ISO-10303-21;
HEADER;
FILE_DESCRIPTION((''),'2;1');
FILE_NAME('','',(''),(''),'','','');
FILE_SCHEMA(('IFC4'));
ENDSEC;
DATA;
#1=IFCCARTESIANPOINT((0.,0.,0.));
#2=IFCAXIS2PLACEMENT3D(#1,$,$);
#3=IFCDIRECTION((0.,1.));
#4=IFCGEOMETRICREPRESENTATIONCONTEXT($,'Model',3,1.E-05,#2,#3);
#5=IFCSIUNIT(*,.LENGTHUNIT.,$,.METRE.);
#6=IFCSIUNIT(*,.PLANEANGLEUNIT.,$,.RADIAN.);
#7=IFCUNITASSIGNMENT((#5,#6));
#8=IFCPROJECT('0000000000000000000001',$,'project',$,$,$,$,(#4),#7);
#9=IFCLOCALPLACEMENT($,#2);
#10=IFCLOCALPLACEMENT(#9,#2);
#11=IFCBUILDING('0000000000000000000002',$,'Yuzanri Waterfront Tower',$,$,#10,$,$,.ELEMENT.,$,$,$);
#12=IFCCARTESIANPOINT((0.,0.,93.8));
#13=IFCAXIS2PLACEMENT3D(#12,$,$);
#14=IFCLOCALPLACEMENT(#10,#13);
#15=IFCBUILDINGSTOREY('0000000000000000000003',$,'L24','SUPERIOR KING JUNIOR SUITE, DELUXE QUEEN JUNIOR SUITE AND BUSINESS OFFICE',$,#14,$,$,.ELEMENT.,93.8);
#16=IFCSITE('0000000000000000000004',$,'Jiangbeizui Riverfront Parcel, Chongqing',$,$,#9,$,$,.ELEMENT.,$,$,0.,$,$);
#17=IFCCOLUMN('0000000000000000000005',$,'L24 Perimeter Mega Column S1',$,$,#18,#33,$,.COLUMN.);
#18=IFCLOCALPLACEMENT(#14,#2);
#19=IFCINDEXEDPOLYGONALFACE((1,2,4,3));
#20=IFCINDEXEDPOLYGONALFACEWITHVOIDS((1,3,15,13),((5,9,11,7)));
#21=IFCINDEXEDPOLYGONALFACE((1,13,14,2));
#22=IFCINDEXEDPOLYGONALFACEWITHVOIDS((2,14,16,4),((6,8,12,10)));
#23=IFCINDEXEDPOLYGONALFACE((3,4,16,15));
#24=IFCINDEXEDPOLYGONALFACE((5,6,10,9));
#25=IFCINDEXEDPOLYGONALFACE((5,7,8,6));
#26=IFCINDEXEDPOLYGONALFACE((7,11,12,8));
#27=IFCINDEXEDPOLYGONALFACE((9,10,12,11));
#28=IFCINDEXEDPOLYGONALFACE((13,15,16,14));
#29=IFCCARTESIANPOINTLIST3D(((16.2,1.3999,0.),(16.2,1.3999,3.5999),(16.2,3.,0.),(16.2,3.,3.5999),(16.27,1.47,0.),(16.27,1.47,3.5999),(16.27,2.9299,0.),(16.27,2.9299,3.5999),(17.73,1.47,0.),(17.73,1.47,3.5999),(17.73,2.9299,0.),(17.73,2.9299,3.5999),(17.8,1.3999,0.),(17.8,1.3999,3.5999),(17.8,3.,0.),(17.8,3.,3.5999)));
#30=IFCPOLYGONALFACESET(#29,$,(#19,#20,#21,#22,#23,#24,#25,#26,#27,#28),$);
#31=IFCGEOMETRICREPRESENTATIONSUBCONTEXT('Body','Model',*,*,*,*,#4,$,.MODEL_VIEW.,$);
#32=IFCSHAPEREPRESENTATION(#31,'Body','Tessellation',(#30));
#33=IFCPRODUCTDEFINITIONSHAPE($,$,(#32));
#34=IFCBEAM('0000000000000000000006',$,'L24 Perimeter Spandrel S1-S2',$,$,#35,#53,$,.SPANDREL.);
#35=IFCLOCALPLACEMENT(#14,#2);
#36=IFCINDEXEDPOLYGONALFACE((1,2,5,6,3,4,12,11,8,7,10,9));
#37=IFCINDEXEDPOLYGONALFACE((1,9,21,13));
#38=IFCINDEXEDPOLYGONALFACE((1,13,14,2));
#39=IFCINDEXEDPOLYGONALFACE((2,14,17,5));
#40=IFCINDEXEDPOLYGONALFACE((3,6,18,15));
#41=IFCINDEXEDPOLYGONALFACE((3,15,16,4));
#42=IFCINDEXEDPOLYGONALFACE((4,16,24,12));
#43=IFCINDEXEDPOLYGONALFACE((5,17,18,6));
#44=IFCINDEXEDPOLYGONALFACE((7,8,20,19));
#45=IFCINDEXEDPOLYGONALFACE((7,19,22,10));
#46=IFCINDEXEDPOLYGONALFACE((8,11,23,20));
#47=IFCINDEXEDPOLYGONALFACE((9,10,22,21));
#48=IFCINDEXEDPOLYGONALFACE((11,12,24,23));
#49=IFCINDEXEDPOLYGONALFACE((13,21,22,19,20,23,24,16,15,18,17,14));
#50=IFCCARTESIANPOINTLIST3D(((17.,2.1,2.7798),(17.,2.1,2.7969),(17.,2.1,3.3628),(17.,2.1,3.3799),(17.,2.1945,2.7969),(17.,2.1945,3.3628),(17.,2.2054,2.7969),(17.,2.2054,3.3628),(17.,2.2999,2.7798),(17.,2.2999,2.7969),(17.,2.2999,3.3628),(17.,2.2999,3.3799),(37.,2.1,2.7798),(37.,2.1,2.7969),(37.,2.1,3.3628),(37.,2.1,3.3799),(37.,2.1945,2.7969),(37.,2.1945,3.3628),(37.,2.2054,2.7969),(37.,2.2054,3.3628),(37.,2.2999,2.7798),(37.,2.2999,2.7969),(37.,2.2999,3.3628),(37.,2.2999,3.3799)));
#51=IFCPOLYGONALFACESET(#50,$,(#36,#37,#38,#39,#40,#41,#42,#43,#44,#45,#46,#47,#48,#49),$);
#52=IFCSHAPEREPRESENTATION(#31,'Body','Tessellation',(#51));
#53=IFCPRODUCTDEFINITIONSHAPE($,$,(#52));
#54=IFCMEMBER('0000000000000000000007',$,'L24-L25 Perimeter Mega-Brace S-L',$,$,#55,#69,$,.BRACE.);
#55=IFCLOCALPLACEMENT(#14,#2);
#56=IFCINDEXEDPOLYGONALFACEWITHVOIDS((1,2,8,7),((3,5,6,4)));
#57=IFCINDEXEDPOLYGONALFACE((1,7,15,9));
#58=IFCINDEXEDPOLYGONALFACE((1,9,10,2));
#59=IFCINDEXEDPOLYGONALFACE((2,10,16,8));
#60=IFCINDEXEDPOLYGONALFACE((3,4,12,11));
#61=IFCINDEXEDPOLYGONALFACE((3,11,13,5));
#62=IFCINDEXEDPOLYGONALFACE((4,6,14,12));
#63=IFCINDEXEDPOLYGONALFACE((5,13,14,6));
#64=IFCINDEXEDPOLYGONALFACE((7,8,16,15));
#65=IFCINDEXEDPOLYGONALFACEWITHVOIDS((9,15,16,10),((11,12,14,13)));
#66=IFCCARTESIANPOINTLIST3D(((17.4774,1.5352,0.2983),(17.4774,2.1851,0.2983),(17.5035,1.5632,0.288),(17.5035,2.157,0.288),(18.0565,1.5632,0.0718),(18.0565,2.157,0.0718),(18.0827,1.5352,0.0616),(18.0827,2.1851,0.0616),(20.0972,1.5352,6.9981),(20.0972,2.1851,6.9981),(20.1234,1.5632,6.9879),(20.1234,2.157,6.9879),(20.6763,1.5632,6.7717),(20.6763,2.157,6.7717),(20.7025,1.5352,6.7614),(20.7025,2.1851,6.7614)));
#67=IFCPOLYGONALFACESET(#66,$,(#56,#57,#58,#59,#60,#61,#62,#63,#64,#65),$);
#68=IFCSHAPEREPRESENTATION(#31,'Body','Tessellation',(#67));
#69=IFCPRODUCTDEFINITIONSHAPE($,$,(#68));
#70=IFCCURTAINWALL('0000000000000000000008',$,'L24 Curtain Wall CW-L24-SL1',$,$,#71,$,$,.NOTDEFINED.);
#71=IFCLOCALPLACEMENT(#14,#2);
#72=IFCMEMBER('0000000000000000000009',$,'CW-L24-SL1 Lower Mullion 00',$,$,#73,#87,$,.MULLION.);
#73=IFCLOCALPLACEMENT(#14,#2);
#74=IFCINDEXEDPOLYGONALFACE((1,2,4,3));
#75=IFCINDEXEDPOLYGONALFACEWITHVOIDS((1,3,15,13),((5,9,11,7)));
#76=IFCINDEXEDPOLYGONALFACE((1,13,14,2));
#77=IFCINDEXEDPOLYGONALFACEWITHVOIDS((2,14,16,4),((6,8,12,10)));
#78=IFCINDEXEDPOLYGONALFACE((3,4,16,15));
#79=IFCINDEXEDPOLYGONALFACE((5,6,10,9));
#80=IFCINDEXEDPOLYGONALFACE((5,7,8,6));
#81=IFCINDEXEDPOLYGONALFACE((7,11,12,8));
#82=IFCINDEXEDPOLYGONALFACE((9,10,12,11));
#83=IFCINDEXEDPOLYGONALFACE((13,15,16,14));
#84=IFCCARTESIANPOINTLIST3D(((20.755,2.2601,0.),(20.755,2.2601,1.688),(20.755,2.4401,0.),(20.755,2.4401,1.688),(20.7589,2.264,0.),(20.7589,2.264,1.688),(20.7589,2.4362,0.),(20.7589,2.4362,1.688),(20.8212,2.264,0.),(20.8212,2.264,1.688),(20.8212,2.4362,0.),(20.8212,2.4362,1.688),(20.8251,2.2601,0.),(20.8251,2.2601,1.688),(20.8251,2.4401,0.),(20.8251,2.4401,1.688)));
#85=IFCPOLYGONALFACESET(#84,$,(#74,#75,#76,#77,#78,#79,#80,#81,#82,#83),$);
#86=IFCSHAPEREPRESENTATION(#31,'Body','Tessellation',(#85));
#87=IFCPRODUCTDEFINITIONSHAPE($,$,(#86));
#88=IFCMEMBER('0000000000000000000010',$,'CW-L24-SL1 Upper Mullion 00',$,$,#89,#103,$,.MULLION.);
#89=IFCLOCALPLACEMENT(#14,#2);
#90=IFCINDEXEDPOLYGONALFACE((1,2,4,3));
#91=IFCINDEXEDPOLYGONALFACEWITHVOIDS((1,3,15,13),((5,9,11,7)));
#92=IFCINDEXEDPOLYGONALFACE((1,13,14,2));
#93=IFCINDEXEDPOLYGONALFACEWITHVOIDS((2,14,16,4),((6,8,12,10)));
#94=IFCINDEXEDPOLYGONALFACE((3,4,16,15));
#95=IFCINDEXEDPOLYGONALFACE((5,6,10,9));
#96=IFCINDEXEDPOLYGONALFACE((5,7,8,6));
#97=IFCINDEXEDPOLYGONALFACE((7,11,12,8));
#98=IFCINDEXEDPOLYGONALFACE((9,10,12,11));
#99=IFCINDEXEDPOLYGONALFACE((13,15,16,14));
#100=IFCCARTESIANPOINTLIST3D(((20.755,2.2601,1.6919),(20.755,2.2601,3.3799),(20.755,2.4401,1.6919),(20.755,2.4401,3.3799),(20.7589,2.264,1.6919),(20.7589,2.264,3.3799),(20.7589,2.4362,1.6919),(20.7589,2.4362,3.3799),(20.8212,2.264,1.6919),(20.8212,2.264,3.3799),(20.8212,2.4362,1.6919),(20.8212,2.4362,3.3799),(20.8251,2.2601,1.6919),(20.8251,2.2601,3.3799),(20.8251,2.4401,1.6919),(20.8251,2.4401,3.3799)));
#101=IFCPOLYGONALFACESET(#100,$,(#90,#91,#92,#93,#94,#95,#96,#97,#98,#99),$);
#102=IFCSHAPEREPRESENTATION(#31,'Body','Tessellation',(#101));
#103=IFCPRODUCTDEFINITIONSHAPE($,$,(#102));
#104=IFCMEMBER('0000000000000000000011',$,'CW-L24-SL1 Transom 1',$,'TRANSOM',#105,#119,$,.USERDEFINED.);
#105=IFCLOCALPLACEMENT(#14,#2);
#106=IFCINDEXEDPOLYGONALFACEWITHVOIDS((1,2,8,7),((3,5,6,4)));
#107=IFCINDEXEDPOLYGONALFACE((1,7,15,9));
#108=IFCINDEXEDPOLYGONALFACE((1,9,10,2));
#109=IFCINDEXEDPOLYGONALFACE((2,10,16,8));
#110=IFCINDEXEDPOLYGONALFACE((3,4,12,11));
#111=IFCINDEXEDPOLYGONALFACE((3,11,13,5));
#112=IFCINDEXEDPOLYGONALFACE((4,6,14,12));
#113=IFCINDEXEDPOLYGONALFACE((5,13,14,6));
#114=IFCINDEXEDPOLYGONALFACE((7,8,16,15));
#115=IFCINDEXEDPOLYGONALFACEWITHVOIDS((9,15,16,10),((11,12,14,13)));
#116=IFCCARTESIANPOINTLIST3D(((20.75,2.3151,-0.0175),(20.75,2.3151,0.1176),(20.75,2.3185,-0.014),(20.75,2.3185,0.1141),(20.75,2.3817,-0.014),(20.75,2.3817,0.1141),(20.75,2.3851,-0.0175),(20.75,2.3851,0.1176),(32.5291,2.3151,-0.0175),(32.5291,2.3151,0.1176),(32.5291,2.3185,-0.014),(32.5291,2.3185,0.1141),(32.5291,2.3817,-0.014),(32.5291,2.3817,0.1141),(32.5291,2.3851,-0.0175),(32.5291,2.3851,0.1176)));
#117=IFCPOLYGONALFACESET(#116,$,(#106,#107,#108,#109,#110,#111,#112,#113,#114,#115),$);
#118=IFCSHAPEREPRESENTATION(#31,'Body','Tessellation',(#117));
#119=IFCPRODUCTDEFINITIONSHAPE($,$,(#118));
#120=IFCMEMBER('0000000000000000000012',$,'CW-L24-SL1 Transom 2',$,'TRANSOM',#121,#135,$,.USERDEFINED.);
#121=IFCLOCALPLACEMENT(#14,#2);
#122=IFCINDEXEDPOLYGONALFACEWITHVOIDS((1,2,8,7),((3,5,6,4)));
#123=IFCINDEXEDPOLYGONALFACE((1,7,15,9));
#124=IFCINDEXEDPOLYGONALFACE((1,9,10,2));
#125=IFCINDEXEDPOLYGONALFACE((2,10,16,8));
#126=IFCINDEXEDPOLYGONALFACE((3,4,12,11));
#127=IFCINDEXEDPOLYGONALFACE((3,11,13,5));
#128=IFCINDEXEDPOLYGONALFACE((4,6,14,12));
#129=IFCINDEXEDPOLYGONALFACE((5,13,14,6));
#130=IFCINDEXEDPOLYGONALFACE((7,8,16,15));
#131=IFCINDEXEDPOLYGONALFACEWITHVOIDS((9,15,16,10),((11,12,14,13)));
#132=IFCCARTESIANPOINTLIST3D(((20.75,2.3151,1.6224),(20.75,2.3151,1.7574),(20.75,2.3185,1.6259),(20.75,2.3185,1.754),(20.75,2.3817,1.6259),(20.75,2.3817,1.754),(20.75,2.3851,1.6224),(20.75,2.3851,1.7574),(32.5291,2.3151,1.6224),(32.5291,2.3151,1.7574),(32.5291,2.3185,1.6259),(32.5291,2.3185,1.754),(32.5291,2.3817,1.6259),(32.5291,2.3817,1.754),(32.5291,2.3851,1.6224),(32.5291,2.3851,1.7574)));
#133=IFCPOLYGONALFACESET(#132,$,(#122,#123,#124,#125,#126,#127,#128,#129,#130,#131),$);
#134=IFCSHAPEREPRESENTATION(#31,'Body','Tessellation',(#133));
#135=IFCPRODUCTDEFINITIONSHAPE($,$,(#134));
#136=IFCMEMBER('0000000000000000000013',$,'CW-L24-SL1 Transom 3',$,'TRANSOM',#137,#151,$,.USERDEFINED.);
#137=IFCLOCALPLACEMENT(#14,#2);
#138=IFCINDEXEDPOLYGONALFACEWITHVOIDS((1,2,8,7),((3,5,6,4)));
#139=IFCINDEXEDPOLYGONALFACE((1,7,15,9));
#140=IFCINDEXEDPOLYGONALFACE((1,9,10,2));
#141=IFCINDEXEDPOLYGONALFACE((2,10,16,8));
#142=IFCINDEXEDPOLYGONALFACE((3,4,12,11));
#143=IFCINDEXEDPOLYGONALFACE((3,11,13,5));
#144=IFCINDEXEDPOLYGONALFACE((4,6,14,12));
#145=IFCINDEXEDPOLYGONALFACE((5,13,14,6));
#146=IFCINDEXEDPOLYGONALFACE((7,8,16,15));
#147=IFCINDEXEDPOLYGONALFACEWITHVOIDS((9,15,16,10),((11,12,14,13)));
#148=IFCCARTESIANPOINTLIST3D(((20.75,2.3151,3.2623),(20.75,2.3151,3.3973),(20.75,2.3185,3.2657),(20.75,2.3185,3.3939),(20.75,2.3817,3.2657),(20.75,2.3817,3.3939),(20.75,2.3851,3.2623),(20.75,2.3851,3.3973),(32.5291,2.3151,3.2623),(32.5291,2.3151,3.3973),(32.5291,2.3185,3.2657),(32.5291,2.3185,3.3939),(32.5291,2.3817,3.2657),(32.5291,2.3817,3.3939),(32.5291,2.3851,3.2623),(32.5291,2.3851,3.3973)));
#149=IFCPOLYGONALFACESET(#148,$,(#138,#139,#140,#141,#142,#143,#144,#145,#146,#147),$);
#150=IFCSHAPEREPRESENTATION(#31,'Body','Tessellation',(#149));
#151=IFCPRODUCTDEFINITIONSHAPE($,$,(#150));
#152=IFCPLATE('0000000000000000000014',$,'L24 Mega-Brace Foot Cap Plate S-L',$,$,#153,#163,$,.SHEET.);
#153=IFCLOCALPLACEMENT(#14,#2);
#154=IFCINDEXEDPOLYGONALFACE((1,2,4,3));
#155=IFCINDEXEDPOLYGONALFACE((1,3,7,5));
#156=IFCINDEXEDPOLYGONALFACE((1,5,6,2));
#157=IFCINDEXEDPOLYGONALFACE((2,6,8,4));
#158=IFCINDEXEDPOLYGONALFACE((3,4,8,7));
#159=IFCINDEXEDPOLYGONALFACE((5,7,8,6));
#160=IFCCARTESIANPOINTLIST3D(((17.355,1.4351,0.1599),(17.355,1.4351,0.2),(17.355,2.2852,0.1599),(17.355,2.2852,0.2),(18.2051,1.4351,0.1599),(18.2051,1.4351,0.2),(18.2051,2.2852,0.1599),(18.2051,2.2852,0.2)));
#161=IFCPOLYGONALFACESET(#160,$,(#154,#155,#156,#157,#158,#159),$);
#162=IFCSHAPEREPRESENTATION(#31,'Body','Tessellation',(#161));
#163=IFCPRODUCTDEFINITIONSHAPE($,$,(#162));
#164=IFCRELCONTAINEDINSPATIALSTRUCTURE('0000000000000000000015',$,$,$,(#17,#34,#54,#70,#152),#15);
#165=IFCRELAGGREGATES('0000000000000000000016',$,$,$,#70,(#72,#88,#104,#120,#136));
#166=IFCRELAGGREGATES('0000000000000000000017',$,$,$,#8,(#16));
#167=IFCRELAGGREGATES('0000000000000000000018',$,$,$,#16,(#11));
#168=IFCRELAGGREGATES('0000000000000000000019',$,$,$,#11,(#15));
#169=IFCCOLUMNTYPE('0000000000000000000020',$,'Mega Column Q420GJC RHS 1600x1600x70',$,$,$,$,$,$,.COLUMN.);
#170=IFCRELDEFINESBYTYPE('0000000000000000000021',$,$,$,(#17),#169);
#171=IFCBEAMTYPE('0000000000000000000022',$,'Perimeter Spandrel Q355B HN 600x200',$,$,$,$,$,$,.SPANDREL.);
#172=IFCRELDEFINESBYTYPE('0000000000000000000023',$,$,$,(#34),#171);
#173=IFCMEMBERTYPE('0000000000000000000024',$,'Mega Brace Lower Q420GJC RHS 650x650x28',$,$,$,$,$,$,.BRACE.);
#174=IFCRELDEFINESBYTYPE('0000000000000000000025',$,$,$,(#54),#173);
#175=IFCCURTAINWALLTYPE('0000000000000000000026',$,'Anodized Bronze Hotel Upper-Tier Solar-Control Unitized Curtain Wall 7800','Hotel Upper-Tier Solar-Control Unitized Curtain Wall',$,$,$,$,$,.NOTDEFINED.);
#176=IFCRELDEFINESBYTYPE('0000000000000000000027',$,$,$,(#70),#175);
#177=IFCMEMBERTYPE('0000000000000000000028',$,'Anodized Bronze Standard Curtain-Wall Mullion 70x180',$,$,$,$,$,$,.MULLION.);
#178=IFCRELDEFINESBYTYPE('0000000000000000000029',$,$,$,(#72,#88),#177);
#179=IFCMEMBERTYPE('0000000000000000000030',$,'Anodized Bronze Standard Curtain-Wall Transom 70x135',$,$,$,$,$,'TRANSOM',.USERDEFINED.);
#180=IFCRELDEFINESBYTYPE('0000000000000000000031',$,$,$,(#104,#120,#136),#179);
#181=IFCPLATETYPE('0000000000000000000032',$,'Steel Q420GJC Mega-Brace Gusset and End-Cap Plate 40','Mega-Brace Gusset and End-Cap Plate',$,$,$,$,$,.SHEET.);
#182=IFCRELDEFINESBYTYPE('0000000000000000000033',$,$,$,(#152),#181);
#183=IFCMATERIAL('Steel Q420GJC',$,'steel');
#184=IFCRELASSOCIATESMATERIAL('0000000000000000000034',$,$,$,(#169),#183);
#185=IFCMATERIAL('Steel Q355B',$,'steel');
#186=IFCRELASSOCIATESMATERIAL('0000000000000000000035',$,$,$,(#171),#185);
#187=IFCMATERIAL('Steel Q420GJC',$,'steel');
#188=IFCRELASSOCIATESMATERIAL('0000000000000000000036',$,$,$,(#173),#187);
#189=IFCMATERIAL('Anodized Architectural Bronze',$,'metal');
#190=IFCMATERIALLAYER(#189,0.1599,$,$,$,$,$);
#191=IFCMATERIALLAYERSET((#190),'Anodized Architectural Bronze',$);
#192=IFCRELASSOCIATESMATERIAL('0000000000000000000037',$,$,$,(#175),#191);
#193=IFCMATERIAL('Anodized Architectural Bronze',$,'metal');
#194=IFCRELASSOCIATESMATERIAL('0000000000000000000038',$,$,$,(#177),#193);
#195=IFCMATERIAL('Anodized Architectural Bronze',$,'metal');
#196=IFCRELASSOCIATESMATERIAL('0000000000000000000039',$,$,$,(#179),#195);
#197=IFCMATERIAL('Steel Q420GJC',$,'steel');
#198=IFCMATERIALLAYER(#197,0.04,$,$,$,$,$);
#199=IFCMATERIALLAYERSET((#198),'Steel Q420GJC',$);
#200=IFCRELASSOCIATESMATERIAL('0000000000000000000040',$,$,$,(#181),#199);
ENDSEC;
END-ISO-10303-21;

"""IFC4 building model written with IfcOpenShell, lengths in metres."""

from ifc_helpers import new_model, si_unit, direction, frame, origin, origin_2d, place, context, subcontext, project, spatial, rectangle, hollow_rectangle, i_section, extrude, source, transform, mapped, material, layer, layer_set, material_profile, profile_set, type_object, element, aggregate, save


model = new_model("IFC4")

# Units and contexts
model_context = context("Model", 3, precision=1e-05, world=origin(), true_north=direction((0.0, 1.0)))
body_context = subcontext(model_context, "Body", "Model", "MODEL_VIEW")
ifc_project = project(units=[si_unit("LENGTHUNIT", "METRE"), si_unit("PLANEANGLEUNIT", "RADIAN")], contexts=[model_context])

# Site, building, storey
site_placement = place(None, origin())
site = spatial("IfcSite", under=ifc_project, at=site_placement, Name="Jiangbeizui Riverfront Parcel, Chongqing", CompositionType="ELEMENT", RefElevation=0.0)
building_placement = place(site_placement, origin())
building = spatial("IfcBuilding", under=site, at=building_placement, Name="Yuzanri Waterfront Tower", CompositionType="ELEMENT")
storey_placement = place(building_placement, frame((0.0, 0.0, 93.8)))
storey = spatial("IfcBuildingStorey", under=building, at=storey_placement, Name="L24", Description="SUPERIOR KING JUNIOR SUITE, DELUXE QUEEN JUNIOR SUITE AND BUSINESS OFFICE", CompositionType="ELEMENT", Elevation=93.8)

# Column
ifc_material_1 = material(Name="Steel Q420GJC", Category="steel")
ifc_material_profile_1 = material_profile(ifc_material_1, hollow_rectangle(XDim=1.6001, YDim=1.6001, WallThickness=0.0701, at=origin_2d()), Name="RHS 1600x1600x70")
ifc_profile_set_1 = profile_set([ifc_material_profile_1], Name="Steel Q420GJC")
column_type = type_object("IfcColumnType", Name="Mega Column Q420GJC RHS 1600x1600x70", PredefinedType="COLUMN", material=ifc_profile_set_1)
shared_shape_1 = source(origin(), body_context, "Body", "SweptSolid", [
    extrude(hollow_rectangle(XDim=1.6001, YDim=1.6001, WallThickness=0.0701, at=origin_2d()), origin(), (0.0, 0.0, 1.0), 3.5999),
])
column_placement = place(storey_placement, frame((17.0, 2.2, 0.0), z_axis=(0.0, 0.0, 1.0), x_axis=(1.0, 0.0, 0.0)))
element("IfcColumn", 1, at=column_placement, inside=storey, type_object=column_type, Name="L24 Perimeter Mega Column S1", PredefinedType="COLUMN", context=body_context, shape_type="MappedRepresentation", body=[
    mapped(shared_shape_1, transform((0.0, 0.0, 0.0), scale=1.0)),
])

# Beam
ifc_material_2 = material(Name="Steel Q355B", Category="steel")
ifc_material_profile_2 = material_profile(ifc_material_2, i_section(OverallWidth=0.2, OverallDepth=0.6001, WebThickness=0.011, FlangeThickness=0.0171, at=origin_2d()), Name="HN 600x200x11x17")
ifc_profile_set_2 = profile_set([ifc_material_profile_2], Name="Steel Q355B")
beam_type = type_object("IfcBeamType", Name="Perimeter Spandrel Q355B HN 600x200", PredefinedType="SPANDREL", material=ifc_profile_set_2)
shared_shape_2 = source(origin(), body_context, "Body", "SweptSolid", [
    extrude(i_section(OverallWidth=0.2, OverallDepth=0.6001, WebThickness=0.011, FlangeThickness=0.0171, at=origin_2d()), origin(), (0.0, 0.0, 1.0), 20.0),
])
beam_placement = place(storey_placement, frame((17.0, 2.2, 3.0798), z_axis=(1.0, 0.0, 0.0), x_axis=(0.0, 1.0, 0.0)))
element("IfcBeam", 2, at=beam_placement, inside=storey, type_object=beam_type, Name="L24 Perimeter Spandrel S1-S2", PredefinedType="SPANDREL", context=body_context, shape_type="MappedRepresentation", body=[
    mapped(shared_shape_2, transform((0.0, 0.0, 0.0), scale=1.0)),
])

# Member
ifc_material_3 = material(Name="Steel Q420GJC", Category="steel")
ifc_material_profile_3 = material_profile(ifc_material_3, hollow_rectangle(XDim=0.6499, YDim=0.6499, WallThickness=0.0281, at=origin_2d()), Name="RHS 650x650x28")
ifc_profile_set_3 = profile_set([ifc_material_profile_3], Name="Steel Q420GJC")
member_type_1 = type_object("IfcMemberType", Name="Mega Brace Lower Q420GJC RHS 650x650x28", PredefinedType="BRACE", material=ifc_profile_set_3)
shared_shape_3 = source(origin(), body_context, "Body", "SweptSolid", [
    extrude(hollow_rectangle(XDim=0.6499, YDim=0.6499, WallThickness=0.0281, at=origin_2d()), origin(), (0.0, 0.0, 1.0), 7.1938),
])
member_1_placement = place(storey_placement, frame((17.78, 1.8601, 0.1799), z_axis=(0.364177, 0.0, 0.93133), x_axis=(0.0, 1.0, 0.0)))
element("IfcMember", 3, at=member_1_placement, inside=storey, type_object=member_type_1, Name="L24-L25 Perimeter Mega-Brace S-L", PredefinedType="BRACE", context=body_context, shape_type="MappedRepresentation", body=[
    mapped(shared_shape_3, transform((0.0, 0.0, 0.0), scale=1.0)),
])

# Curtain wall, members
ifc_material_4 = material(Name="Anodized Architectural Bronze", Category="metal")
ifc_layer_1 = layer(ifc_material_4, 0.1599)
ifc_layer_set_1 = layer_set([ifc_layer_1], Name="Anodized Architectural Bronze")
curtain_wall_type = type_object("IfcCurtainWallType", Name="Anodized Bronze Hotel Upper-Tier Solar-Control Unitized Curtain Wall 7800", Description="Hotel Upper-Tier Solar-Control Unitized Curtain Wall", PredefinedType="NOTDEFINED", material=ifc_layer_set_1)
curtain_wall_placement = place(storey_placement, origin())
curtain_wall = element("IfcCurtainWall", 4, at=curtain_wall_placement, inside=storey, type_object=curtain_wall_type, Name="L24 Curtain Wall CW-L24-SL1", PredefinedType="NOTDEFINED")
ifc_material_5 = material(Name="Anodized Architectural Bronze", Category="metal")
ifc_material_profile_4 = material_profile(ifc_material_5, hollow_rectangle(XDim=0.0701, YDim=0.1799, WallThickness=0.0039, at=origin_2d()), Name="CWM 70x180")
ifc_profile_set_4 = profile_set([ifc_material_profile_4], Name="Anodized Architectural Bronze")
member_type_2 = type_object("IfcMemberType", Name="Anodized Bronze Standard Curtain-Wall Mullion 70x180", PredefinedType="MULLION", material=ifc_profile_set_4)
shared_shape_4 = source(origin(), body_context, "Body", "SweptSolid", [
    extrude(hollow_rectangle(XDim=0.0701, YDim=0.1799, WallThickness=0.0039, at=origin_2d()), origin(), (0.0, 0.0, 1.0), 1.688),
])
member_2_placement = place(storey_placement, frame((20.79, 2.3501, 0.0), z_axis=(0.0, 0.0, 1.0), x_axis=(1.0, 0.0, 0.0)))
member_2 = element("IfcMember", 5, at=member_2_placement, type_object=member_type_2, Name="CW-L24-SL1 Lower Mullion 00", PredefinedType="MULLION", context=body_context, shape_type="MappedRepresentation", body=[
    mapped(shared_shape_4, transform((0.0, 0.0, 0.0), scale=1.0)),
])
member_3_placement = place(storey_placement, frame((20.79, 2.3501, 1.6919), z_axis=(0.0, 0.0, 1.0), x_axis=(1.0, 0.0, 0.0)))
member_3 = element("IfcMember", 6, at=member_3_placement, type_object=member_type_2, Name="CW-L24-SL1 Upper Mullion 00", PredefinedType="MULLION", context=body_context, shape_type="MappedRepresentation", body=[
    mapped(shared_shape_4, transform((0.0, 0.0, 0.0), scale=1.0)),
])
ifc_material_6 = material(Name="Anodized Architectural Bronze", Category="metal")
ifc_material_profile_5 = material_profile(ifc_material_6, hollow_rectangle(XDim=0.0701, YDim=0.135, WallThickness=0.0034, at=origin_2d()), Name="CWT 70x135")
ifc_profile_set_5 = profile_set([ifc_material_profile_5], Name="Anodized Architectural Bronze")
member_type_3 = type_object("IfcMemberType", Name="Anodized Bronze Standard Curtain-Wall Transom 70x135", ElementType="TRANSOM", PredefinedType="USERDEFINED", material=ifc_profile_set_5)
shared_shape_5 = source(origin(), body_context, "Body", "SweptSolid", [
    extrude(hollow_rectangle(XDim=0.0701, YDim=0.135, WallThickness=0.0034, at=origin_2d()), origin(), (0.0, 0.0, 1.0), 11.7791),
])
member_4_placement = place(storey_placement, frame((20.75, 2.3501, 0.05), z_axis=(1.0, 0.0, 0.0), x_axis=(0.0, 1.0, 0.0)))
member_4 = element("IfcMember", 7, at=member_4_placement, type_object=member_type_3, Name="CW-L24-SL1 Transom 1", ObjectType="TRANSOM", PredefinedType="USERDEFINED", context=body_context, shape_type="MappedRepresentation", body=[
    mapped(shared_shape_5, transform((0.0, 0.0, 0.0), scale=1.0)),
])
member_5_placement = place(storey_placement, frame((20.75, 2.3501, 1.6899), z_axis=(1.0, 0.0, 0.0), x_axis=(0.0, 1.0, 0.0)))
member_5 = element("IfcMember", 8, at=member_5_placement, type_object=member_type_3, Name="CW-L24-SL1 Transom 2", ObjectType="TRANSOM", PredefinedType="USERDEFINED", context=body_context, shape_type="MappedRepresentation", body=[
    mapped(shared_shape_5, transform((0.0, 0.0, 0.0), scale=1.0)),
])
member_6_placement = place(storey_placement, frame((20.75, 2.3501, 3.3298), z_axis=(1.0, 0.0, 0.0), x_axis=(0.0, 1.0, 0.0)))
member_6 = element("IfcMember", 9, at=member_6_placement, type_object=member_type_3, Name="CW-L24-SL1 Transom 3", ObjectType="TRANSOM", PredefinedType="USERDEFINED", context=body_context, shape_type="MappedRepresentation", body=[
    mapped(shared_shape_5, transform((0.0, 0.0, 0.0), scale=1.0)),
])
aggregate(curtain_wall, [member_2, member_3, member_4, member_5, member_6])

# Plate
ifc_material_7 = material(Name="Steel Q420GJC", Category="steel")
ifc_layer_2 = layer(ifc_material_7, 0.04)
ifc_layer_set_2 = layer_set([ifc_layer_2], Name="Steel Q420GJC")
plate_type = type_object("IfcPlateType", Name="Steel Q420GJC Mega-Brace Gusset and End-Cap Plate 40", Description="Mega-Brace Gusset and End-Cap Plate", PredefinedType="SHEET", material=ifc_layer_set_2)
shared_shape_6 = source(origin(), body_context, "Body", "SweptSolid", [
    extrude(rectangle(XDim=0.8501, YDim=0.8501, at=origin_2d()), origin(), (0.0, 0.0, 1.0), 0.04),
])
plate_placement = place(storey_placement, frame((17.78, 1.8601, 0.1599), z_axis=(0.0, 0.0, 1.0), x_axis=(1.0, 0.0, 0.0)))
element("IfcPlate", 10, at=plate_placement, inside=storey, type_object=plate_type, Name="L24 Mega-Brace Foot Cap Plate S-L", PredefinedType="SHEET", context=body_context, shape_type="MappedRepresentation", body=[
    mapped(shared_shape_6, transform((0.0, 0.0, 0.0), scale=1.0)),
])

save(model, "model.ifc")
